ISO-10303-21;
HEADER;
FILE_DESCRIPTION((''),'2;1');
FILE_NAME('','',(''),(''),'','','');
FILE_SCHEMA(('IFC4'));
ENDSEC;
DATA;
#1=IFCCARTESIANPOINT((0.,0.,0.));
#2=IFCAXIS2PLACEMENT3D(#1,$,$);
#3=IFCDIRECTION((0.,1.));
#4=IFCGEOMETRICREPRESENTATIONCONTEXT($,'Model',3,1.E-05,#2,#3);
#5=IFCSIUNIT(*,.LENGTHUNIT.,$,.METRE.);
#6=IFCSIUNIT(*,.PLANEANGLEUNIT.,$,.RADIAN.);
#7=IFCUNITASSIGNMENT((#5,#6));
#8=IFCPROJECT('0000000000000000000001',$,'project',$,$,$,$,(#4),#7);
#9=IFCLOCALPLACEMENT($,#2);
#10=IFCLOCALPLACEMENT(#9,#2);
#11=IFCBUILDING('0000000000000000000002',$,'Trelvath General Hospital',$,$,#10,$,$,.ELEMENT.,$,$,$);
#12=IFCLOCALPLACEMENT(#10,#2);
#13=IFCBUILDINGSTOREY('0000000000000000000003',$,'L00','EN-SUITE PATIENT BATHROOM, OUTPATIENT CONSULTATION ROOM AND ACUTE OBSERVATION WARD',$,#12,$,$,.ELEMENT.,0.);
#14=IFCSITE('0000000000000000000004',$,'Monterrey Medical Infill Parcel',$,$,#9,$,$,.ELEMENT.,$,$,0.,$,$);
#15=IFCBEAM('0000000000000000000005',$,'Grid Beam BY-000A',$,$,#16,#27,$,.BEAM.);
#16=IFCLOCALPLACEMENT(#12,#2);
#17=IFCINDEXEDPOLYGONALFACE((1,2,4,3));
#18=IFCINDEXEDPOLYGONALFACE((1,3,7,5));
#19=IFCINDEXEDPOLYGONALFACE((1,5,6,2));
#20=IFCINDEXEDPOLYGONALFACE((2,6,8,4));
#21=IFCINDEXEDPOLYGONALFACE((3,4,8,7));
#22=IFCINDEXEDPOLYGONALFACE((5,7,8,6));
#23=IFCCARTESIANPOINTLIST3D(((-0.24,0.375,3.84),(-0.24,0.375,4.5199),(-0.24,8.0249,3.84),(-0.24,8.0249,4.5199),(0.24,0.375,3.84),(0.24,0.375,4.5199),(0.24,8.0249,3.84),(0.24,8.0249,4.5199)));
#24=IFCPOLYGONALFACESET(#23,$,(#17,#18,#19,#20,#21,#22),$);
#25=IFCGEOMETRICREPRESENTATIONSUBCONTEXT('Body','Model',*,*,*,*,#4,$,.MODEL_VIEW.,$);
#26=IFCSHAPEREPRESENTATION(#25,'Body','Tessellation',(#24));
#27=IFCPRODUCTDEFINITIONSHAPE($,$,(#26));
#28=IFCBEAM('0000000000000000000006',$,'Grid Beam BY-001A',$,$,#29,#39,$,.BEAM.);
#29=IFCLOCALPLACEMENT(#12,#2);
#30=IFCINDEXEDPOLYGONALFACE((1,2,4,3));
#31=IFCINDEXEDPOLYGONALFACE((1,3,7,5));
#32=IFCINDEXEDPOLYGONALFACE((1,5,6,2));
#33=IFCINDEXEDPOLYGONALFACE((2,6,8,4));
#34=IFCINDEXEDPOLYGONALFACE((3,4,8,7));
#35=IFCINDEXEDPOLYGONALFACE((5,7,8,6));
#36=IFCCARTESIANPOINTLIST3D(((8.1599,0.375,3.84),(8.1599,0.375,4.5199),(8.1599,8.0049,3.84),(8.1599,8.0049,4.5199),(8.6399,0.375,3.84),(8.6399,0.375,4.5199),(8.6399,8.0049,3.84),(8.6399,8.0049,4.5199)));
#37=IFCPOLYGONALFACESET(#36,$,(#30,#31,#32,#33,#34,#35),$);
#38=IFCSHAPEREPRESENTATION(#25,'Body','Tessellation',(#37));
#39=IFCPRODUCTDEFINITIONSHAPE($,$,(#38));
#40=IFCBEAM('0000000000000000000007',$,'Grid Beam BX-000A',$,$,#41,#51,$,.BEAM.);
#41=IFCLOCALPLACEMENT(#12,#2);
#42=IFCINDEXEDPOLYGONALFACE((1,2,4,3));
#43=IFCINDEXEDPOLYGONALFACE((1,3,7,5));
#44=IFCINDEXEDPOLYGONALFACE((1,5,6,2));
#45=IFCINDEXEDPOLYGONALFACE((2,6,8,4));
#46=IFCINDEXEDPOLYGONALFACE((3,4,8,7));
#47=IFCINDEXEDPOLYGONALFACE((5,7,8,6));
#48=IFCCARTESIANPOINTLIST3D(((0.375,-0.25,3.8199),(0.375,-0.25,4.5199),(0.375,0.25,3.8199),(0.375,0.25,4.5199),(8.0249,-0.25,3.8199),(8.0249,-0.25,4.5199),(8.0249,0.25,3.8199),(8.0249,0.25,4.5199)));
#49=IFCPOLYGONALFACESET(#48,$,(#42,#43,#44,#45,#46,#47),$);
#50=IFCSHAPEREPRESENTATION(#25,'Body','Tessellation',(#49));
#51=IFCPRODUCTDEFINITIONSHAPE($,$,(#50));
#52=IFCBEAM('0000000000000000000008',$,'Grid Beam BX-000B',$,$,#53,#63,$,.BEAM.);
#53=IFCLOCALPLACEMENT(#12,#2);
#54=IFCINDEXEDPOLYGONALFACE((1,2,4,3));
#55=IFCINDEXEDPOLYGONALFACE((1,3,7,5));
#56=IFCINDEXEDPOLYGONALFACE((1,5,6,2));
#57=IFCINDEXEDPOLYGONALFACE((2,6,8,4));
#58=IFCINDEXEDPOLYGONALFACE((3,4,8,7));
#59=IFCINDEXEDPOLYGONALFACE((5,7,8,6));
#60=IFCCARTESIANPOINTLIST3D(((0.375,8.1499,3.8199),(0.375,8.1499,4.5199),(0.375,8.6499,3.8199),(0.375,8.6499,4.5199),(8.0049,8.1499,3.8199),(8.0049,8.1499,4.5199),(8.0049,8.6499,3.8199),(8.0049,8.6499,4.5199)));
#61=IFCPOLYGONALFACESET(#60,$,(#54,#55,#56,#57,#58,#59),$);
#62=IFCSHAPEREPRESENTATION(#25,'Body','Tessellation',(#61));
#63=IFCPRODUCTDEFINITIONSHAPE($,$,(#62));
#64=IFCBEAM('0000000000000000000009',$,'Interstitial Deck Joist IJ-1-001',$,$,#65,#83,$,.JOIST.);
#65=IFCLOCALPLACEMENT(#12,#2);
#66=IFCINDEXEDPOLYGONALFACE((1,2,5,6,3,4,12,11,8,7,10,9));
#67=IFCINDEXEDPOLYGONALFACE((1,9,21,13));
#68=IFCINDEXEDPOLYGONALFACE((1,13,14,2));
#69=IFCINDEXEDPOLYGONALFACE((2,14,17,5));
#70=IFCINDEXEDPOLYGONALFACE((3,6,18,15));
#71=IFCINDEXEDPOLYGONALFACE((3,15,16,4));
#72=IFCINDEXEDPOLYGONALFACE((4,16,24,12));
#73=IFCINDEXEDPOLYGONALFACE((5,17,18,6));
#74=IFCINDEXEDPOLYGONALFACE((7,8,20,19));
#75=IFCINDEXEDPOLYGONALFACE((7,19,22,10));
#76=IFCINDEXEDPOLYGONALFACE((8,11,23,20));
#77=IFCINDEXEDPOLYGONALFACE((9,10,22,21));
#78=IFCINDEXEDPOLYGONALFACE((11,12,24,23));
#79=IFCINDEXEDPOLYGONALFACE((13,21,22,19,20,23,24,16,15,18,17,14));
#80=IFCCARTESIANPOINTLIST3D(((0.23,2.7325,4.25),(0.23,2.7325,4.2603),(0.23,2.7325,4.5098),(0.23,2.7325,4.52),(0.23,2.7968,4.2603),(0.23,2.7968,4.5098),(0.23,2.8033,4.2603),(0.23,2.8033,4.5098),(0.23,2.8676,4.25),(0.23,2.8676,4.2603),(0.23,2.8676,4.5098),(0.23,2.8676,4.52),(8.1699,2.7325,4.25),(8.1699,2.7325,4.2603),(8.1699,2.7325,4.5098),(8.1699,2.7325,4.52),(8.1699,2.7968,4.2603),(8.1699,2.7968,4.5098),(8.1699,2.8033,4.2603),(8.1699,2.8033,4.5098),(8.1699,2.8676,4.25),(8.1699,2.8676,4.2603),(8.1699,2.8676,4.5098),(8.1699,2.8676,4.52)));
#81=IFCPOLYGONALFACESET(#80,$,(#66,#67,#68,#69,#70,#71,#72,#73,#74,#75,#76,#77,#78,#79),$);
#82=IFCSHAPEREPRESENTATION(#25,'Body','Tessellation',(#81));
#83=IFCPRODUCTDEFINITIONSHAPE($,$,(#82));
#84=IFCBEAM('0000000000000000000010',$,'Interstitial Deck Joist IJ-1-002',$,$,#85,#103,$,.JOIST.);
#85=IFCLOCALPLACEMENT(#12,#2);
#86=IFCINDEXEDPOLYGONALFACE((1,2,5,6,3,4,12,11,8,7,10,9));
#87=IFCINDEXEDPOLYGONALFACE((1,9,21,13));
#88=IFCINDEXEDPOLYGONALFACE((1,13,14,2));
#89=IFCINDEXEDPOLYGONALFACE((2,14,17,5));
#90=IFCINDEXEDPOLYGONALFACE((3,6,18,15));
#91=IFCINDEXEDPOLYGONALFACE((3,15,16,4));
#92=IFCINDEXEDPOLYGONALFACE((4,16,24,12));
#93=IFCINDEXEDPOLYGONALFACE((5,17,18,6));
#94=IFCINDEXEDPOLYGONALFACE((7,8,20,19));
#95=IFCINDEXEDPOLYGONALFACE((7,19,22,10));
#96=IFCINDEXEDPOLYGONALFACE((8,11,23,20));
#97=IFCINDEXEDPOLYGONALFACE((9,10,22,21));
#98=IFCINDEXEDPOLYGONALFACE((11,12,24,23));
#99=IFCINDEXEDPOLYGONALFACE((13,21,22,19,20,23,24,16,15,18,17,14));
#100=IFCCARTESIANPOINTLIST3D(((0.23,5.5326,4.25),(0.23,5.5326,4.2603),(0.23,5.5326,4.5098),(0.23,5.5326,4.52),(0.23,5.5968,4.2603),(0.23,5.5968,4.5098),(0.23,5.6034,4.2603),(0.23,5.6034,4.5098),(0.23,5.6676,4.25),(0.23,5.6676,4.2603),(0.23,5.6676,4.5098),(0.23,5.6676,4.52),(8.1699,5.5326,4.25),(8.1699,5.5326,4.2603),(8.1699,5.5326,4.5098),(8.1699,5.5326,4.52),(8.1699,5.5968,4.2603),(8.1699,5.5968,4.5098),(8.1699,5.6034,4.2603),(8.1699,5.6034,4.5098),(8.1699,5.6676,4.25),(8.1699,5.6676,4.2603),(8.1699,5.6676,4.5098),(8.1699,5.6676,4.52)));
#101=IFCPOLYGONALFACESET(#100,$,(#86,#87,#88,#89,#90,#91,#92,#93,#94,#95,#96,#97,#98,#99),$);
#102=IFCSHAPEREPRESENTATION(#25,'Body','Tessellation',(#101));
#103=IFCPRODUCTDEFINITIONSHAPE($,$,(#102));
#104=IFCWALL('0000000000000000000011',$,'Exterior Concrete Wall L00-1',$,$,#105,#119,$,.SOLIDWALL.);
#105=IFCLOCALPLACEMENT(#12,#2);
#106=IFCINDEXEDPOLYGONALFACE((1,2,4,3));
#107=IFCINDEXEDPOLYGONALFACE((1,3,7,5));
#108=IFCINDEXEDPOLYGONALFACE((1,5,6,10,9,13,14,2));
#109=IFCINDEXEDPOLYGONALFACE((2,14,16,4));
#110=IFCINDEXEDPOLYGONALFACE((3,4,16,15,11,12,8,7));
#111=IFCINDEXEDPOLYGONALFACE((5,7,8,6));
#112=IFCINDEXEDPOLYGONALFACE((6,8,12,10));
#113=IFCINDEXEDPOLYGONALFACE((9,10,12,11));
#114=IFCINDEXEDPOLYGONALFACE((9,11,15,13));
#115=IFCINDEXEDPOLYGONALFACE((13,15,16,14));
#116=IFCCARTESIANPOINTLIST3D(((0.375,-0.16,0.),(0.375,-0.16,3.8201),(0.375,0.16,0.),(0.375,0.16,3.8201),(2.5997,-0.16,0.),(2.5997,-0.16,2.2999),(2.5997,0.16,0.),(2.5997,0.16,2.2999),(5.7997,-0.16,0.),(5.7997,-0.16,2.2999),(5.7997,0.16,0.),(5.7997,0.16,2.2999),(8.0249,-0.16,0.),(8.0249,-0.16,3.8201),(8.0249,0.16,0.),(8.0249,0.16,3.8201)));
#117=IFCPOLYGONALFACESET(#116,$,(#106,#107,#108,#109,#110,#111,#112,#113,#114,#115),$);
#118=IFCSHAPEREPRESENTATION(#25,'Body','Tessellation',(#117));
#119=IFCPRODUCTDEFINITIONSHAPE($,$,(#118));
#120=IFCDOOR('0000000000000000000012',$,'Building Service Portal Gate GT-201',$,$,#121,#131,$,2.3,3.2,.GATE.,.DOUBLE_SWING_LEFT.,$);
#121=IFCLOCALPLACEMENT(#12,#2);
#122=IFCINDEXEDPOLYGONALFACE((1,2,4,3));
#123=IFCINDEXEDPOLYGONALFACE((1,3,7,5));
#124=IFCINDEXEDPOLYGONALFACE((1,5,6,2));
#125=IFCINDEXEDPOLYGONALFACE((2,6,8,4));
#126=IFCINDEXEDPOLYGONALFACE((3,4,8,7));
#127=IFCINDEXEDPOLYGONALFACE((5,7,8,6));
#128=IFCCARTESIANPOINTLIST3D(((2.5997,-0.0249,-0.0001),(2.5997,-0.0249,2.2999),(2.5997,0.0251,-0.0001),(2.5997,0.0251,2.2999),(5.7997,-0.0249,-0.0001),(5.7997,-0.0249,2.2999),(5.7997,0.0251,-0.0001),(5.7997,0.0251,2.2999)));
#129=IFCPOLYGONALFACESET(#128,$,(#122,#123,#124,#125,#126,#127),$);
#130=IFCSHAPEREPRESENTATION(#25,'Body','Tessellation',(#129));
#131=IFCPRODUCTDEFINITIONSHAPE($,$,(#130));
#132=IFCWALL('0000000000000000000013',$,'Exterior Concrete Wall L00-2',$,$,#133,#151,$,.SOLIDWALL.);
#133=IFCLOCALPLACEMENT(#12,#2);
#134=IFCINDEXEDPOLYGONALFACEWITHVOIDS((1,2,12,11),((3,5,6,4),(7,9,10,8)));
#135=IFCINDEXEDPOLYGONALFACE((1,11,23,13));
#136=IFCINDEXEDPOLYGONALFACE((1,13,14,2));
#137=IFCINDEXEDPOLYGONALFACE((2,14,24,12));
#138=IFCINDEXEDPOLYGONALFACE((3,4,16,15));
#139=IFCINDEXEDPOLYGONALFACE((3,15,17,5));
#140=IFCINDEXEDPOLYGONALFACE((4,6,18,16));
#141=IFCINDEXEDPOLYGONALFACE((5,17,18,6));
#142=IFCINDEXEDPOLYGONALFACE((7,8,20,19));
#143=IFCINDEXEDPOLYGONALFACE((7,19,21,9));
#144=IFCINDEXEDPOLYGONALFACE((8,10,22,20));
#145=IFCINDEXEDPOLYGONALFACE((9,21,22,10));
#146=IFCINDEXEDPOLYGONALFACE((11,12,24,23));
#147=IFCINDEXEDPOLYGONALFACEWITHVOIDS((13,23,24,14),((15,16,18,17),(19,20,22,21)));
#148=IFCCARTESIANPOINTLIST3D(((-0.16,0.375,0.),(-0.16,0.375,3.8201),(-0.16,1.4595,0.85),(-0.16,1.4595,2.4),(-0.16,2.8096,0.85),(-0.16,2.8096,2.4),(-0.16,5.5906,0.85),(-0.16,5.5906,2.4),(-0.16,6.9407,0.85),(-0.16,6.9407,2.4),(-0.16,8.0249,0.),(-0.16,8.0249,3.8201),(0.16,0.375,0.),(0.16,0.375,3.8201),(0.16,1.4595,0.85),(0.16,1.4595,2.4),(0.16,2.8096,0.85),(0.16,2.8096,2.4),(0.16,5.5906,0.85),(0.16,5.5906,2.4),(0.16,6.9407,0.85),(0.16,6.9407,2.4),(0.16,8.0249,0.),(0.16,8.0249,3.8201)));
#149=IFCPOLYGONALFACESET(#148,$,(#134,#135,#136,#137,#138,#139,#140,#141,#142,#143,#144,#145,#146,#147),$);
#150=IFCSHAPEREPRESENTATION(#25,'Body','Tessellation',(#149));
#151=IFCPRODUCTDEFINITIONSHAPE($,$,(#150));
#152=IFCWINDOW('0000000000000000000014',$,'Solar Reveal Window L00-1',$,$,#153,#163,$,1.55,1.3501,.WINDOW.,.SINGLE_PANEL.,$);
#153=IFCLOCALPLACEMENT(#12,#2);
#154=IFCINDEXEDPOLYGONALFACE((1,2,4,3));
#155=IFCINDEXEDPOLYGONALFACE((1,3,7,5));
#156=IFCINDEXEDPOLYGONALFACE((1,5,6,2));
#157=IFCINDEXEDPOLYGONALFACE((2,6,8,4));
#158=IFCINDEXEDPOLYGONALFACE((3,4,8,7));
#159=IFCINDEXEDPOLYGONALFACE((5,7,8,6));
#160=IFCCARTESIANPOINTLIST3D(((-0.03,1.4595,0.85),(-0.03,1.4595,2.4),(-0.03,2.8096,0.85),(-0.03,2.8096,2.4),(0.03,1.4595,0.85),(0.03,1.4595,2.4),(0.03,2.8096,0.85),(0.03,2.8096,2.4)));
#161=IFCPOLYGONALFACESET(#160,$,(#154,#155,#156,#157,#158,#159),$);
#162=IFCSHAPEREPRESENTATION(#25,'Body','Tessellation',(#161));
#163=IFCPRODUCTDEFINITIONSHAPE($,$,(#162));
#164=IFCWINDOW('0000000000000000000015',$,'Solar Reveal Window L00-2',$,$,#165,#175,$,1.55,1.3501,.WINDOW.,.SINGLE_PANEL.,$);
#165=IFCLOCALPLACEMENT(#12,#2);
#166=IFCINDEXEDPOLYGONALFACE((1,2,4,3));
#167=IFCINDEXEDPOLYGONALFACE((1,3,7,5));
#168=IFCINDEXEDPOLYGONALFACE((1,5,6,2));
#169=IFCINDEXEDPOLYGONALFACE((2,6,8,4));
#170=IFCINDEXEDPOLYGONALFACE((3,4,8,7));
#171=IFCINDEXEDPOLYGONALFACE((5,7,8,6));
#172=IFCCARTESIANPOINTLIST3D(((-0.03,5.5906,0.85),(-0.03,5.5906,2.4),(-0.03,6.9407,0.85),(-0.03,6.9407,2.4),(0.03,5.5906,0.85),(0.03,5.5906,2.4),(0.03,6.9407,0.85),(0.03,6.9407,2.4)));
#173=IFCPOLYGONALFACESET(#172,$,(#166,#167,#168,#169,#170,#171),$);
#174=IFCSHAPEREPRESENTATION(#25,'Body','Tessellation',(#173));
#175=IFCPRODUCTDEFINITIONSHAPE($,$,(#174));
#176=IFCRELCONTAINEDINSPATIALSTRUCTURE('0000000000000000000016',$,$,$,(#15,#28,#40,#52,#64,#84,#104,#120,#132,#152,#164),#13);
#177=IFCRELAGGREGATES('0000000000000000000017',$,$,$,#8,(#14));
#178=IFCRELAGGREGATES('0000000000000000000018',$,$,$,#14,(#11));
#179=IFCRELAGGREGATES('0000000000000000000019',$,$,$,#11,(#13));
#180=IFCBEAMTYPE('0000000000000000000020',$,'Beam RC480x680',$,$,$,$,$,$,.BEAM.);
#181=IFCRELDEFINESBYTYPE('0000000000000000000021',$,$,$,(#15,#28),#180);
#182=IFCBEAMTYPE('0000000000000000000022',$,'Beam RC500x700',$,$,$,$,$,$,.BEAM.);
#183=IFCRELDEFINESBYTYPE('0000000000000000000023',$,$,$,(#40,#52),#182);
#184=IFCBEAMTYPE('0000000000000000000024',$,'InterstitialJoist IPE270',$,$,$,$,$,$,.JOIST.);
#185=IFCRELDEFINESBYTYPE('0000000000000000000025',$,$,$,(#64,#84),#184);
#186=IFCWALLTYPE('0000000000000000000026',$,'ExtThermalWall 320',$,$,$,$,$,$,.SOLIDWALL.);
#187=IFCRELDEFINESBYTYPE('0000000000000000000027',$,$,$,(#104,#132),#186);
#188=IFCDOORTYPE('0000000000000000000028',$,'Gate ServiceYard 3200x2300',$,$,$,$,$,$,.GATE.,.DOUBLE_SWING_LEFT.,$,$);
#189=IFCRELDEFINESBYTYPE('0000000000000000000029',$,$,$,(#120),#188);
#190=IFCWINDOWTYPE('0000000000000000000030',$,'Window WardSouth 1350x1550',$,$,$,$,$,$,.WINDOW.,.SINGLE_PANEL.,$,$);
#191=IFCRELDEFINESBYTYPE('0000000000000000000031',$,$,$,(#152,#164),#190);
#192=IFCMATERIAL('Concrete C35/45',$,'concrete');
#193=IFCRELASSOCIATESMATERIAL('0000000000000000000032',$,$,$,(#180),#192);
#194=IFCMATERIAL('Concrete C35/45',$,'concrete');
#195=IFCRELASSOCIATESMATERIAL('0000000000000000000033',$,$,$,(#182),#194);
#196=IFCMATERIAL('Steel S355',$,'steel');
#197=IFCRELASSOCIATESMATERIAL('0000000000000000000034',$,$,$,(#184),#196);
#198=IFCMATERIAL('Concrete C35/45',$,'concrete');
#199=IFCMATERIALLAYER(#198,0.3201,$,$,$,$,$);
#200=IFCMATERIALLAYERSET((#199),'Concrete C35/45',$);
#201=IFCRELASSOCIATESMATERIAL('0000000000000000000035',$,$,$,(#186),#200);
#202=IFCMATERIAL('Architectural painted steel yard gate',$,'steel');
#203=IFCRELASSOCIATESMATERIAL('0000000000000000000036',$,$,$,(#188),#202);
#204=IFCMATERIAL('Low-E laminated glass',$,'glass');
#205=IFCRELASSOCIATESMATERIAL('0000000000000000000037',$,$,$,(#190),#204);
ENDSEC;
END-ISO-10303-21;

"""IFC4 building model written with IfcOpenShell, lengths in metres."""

from ifc_helpers import new_model, si_unit, direction, frame, frame_2d, origin, origin_2d, place, context, subcontext, project, spatial, rectangle, i_section, extrude, material, layer, layer_set, material_profile, profile_set, type_object, element, fill, save


model = new_model("IFC4")

# Units and contexts
model_context = context("Model", 3, precision=1e-05, world=origin(), true_north=direction((0.0, 1.0)))
body_context = subcontext(model_context, "Body", "Model", "MODEL_VIEW")
ifc_project = project(units=[si_unit("LENGTHUNIT", "METRE"), si_unit("PLANEANGLEUNIT", "RADIAN")], contexts=[model_context])

# Site, building, storey
site_placement = place(None, origin())
site = spatial("IfcSite", under=ifc_project, at=site_placement, Name="Monterrey Medical Infill Parcel", CompositionType="ELEMENT", RefElevation=0.0)
building_placement = place(site_placement, origin())
building = spatial("IfcBuilding", under=site, at=building_placement, Name="Trelvath General Hospital", CompositionType="ELEMENT")
storey_placement = place(building_placement, origin())
storey = spatial("IfcBuildingStorey", under=building, at=storey_placement, Name="L00", Description="EN-SUITE PATIENT BATHROOM, OUTPATIENT CONSULTATION ROOM AND ACUTE OBSERVATION WARD", CompositionType="ELEMENT", Elevation=0.0)

# Beams
ifc_material_1 = material(Name="Concrete C35/45", Category="concrete")
ifc_material_profile_1 = material_profile(ifc_material_1, rectangle(XDim=0.48, YDim=0.6799, at=origin_2d()), Name="RCB480x680")
ifc_profile_set_1 = profile_set([ifc_material_profile_1], Name="Concrete C35/45")
beam_type_1 = type_object("IfcBeamType", Name="Beam RC480x680", PredefinedType="BEAM", material=ifc_profile_set_1)
beam_1_placement = place(storey_placement, frame((0.0, 0.375, 4.1799), z_axis=(0.0, 1.0, 0.0), x_axis=(-1.0, 0.0, 0.0)))
element("IfcBeam", 1, at=beam_1_placement, inside=storey, type_object=beam_type_1, Name="Grid Beam BY-000A", PredefinedType="BEAM", context=body_context, shape_type="SweptSolid", body=[
    extrude(rectangle(XDim=0.48, YDim=0.6799, at=origin_2d()), origin(), (0.0, 0.0, 1.0), 7.6499),
])
beam_2_placement = place(storey_placement, frame((8.3999, 0.375, 4.1799), z_axis=(0.0, 1.0, 0.0), x_axis=(-1.0, 0.0, 0.0)))
element("IfcBeam", 2, at=beam_2_placement, inside=storey, type_object=beam_type_1, Name="Grid Beam BY-001A", PredefinedType="BEAM", context=body_context, shape_type="SweptSolid", body=[
    extrude(rectangle(XDim=0.48, YDim=0.6799, at=origin_2d()), origin(), (0.0, 0.0, 1.0), 7.6299),
])
ifc_material_2 = material(Name="Concrete C35/45", Category="concrete")
ifc_material_profile_2 = material_profile(ifc_material_2, rectangle(XDim=0.5, YDim=0.7, at=origin_2d()), Name="RCB500x700")
ifc_profile_set_2 = profile_set([ifc_material_profile_2], Name="Concrete C35/45")
beam_type_2 = type_object("IfcBeamType", Name="Beam RC500x700", PredefinedType="BEAM", material=ifc_profile_set_2)
beam_3_placement = place(storey_placement, frame((0.375, 0.0, 4.1699), z_axis=(1.0, 0.0, 0.0), x_axis=(0.0, 1.0, 0.0)))
element("IfcBeam", 3, at=beam_3_placement, inside=storey, type_object=beam_type_2, Name="Grid Beam BX-000A", PredefinedType="BEAM", context=body_context, shape_type="SweptSolid", body=[
    extrude(rectangle(XDim=0.5, YDim=0.7, at=origin_2d()), origin(), (0.0, 0.0, 1.0), 7.6499),
])
beam_4_placement = place(storey_placement, frame((0.375, 8.3999, 4.1699), z_axis=(1.0, 0.0, 0.0), x_axis=(0.0, 1.0, 0.0)))
element("IfcBeam", 4, at=beam_4_placement, inside=storey, type_object=beam_type_2, Name="Grid Beam BX-000B", PredefinedType="BEAM", context=body_context, shape_type="SweptSolid", body=[
    extrude(rectangle(XDim=0.5, YDim=0.7, at=origin_2d()), origin(), (0.0, 0.0, 1.0), 7.6299),
])
ifc_material_3 = material(Name="Steel S355", Category="steel")
ifc_material_profile_3 = material_profile(ifc_material_3, i_section(OverallWidth=0.135, OverallDepth=0.27, WebThickness=0.0066, FlangeThickness=0.0103, at=origin_2d()), Name="IPE270")
ifc_profile_set_3 = profile_set([ifc_material_profile_3], Name="Steel S355")
beam_type_3 = type_object("IfcBeamType", Name="InterstitialJoist IPE270", PredefinedType="JOIST", material=ifc_profile_set_3)
for number, where, z_axis, x_axis, name in (
    (5, (0.23, 2.8, 4.385), (1.0, 0.0, 0.0), (0.0, 1.0, 0.0), "Interstitial Deck Joist IJ-1-001"),
    (6, (0.23, 5.6001, 4.385), (1.0, 0.0, 0.0), (0.0, 1.0, 0.0), "Interstitial Deck Joist IJ-1-002"),
):
    element("IfcBeam", number, at=place(storey_placement, frame(where, z_axis=z_axis, x_axis=x_axis)), inside=storey, type_object=beam_type_3, Name=name, PredefinedType="JOIST", context=body_context, shape_type="SweptSolid", body=[
        extrude(i_section(OverallWidth=0.135, OverallDepth=0.27, WebThickness=0.0066, FlangeThickness=0.0103, at=origin_2d()), origin(), (0.0, 0.0, 1.0), 7.9399),
    ])

# Wall, opening, door
ifc_material_4 = material(Name="Concrete C35/45", Category="concrete")
ifc_layer_1 = layer(ifc_material_4, 0.3201)
ifc_layer_set_1 = layer_set([ifc_layer_1], Name="Concrete C35/45")
wall_type = type_object("IfcWallType", Name="ExtThermalWall 320", PredefinedType="SOLIDWALL", material=ifc_layer_set_1)
wall_1_placement = place(storey_placement, frame((8.0249, 0.0, 0.0), z_axis=(0.0, 0.0, 1.0), x_axis=(-1.0, 0.0, 0.0)))
wall_1 = element("IfcWall", 7, at=wall_1_placement, inside=storey, type_object=wall_type, Name="Exterior Concrete Wall L00-1", PredefinedType="SOLIDWALL", context=body_context, shape_type="SweptSolid", body=[
    extrude(rectangle(XDim=7.6499, YDim=0.3201, at=frame_2d((3.825, 0.0))), origin(), (0.0, 0.0, 1.0), 3.8201),
])
opening_1_placement = place(wall_1_placement, frame((2.2251, 0.0, 0.0)))
opening_1 = element("IfcOpeningElement", 8, at=opening_1_placement, cuts=wall_1, PredefinedType="OPENING", context=body_context, shape_type="SweptSolid", body=[
    extrude(rectangle(XDim=3.2, YDim=2.3, at=frame_2d((1.6001, 1.1499))), frame((0.0, 0.1699, 0.0), z_axis=(0.0, -1.0, 0.0), x_axis=(1.0, 0.0, 0.0)), (0.0, 0.0, 1.0), 0.3401),
])
ifc_material_5 = material(Name="Architectural painted steel yard gate", Category="steel")
door_type = type_object("IfcDoorType", Name="Gate ServiceYard 3200x2300", OperationType="DOUBLE_SWING_LEFT", PredefinedType="GATE", material=ifc_material_5)
door_placement = place(opening_1_placement, origin())
door = element("IfcDoor", 9, at=door_placement, inside=storey, type_object=door_type, Name="Building Service Portal Gate GT-201", OperationType="DOUBLE_SWING_LEFT", OverallHeight=2.3, OverallWidth=3.2, PredefinedType="GATE", context=body_context, shape_type="SweptSolid", body=[
    extrude(rectangle(XDim=3.2, YDim=2.3, at=frame_2d((1.6001, 1.1499))), frame((0.0, 0.0249, 0.0), z_axis=(0.0, -1.0, 0.0), x_axis=(1.0, 0.0, 0.0)), (0.0, 0.0, 1.0), 0.05),
])
fill(opening_1, door)

# Wall, openings, windows
wall_2_placement = place(storey_placement, frame((0.0, 0.375, 0.0), z_axis=(0.0, 0.0, 1.0), x_axis=(0.0, 1.0, 0.0)))
wall_2 = element("IfcWall", 10, at=wall_2_placement, inside=storey, type_object=wall_type, Name="Exterior Concrete Wall L00-2", PredefinedType="SOLIDWALL", context=body_context, shape_type="SweptSolid", body=[
    extrude(rectangle(XDim=7.6499, YDim=0.3201, at=frame_2d((3.825, 0.0))), origin(), (0.0, 0.0, 1.0), 3.8201),
])
opening_2_placement = place(wall_2_placement, frame((1.0845, 0.0, 0.8501)))
opening_2 = element("IfcOpeningElement", 11, at=opening_2_placement, cuts=wall_2, PredefinedType="OPENING", context=body_context, shape_type="SweptSolid", body=[
    extrude(rectangle(XDim=1.3501, YDim=1.55, at=frame_2d((0.675, 0.7749))), frame((0.0, 0.1699, 0.0), z_axis=(0.0, -1.0, 0.0), x_axis=(1.0, 0.0, 0.0)), (0.0, 0.0, 1.0), 0.3401),
])
opening_3_placement = place(wall_2_placement, frame((5.2156, 0.0, 0.8501)))
opening_3 = element("IfcOpeningElement", 12, at=opening_3_placement, cuts=wall_2, PredefinedType="OPENING", context=body_context, shape_type="SweptSolid", body=[
    extrude(rectangle(XDim=1.3501, YDim=1.55, at=frame_2d((0.675, 0.7749))), frame((0.0, 0.1699, 0.0), z_axis=(0.0, -1.0, 0.0), x_axis=(1.0, 0.0, 0.0)), (0.0, 0.0, 1.0), 0.3401),
])
ifc_material_6 = material(Name="Low-E laminated glass", Category="glass")
window_type = type_object("IfcWindowType", Name="Window WardSouth 1350x1550", PartitioningType="SINGLE_PANEL", PredefinedType="WINDOW", material=ifc_material_6)
window_1_placement = place(opening_2_placement, origin())
window_1 = element("IfcWindow", 13, at=window_1_placement, inside=storey, type_object=window_type, Name="Solar Reveal Window L00-1", OverallHeight=1.55, OverallWidth=1.3501, PartitioningType="SINGLE_PANEL", PredefinedType="WINDOW", context=body_context, shape_type="SweptSolid", body=[
    extrude(rectangle(XDim=1.3501, YDim=1.55, at=frame_2d((0.675, 0.7749))), frame((0.0, 0.03, 0.0), z_axis=(0.0, -1.0, 0.0), x_axis=(1.0, 0.0, 0.0)), (0.0, 0.0, 1.0), 0.0601),
])
fill(opening_2, window_1)
window_2_placement = place(opening_3_placement, origin())
window_2 = element("IfcWindow", 14, at=window_2_placement, inside=storey, type_object=window_type, Name="Solar Reveal Window L00-2", OverallHeight=1.55, OverallWidth=1.3501, PartitioningType="SINGLE_PANEL", PredefinedType="WINDOW", context=body_context, shape_type="SweptSolid", body=[
    extrude(rectangle(XDim=1.3501, YDim=1.55, at=frame_2d((0.675, 0.7749))), frame((0.0, 0.03, 0.0), z_axis=(0.0, -1.0, 0.0), x_axis=(1.0, 0.0, 0.0)), (0.0, 0.0, 1.0), 0.0601),
])
fill(opening_3, window_2)

save(model, "model.ifc")
